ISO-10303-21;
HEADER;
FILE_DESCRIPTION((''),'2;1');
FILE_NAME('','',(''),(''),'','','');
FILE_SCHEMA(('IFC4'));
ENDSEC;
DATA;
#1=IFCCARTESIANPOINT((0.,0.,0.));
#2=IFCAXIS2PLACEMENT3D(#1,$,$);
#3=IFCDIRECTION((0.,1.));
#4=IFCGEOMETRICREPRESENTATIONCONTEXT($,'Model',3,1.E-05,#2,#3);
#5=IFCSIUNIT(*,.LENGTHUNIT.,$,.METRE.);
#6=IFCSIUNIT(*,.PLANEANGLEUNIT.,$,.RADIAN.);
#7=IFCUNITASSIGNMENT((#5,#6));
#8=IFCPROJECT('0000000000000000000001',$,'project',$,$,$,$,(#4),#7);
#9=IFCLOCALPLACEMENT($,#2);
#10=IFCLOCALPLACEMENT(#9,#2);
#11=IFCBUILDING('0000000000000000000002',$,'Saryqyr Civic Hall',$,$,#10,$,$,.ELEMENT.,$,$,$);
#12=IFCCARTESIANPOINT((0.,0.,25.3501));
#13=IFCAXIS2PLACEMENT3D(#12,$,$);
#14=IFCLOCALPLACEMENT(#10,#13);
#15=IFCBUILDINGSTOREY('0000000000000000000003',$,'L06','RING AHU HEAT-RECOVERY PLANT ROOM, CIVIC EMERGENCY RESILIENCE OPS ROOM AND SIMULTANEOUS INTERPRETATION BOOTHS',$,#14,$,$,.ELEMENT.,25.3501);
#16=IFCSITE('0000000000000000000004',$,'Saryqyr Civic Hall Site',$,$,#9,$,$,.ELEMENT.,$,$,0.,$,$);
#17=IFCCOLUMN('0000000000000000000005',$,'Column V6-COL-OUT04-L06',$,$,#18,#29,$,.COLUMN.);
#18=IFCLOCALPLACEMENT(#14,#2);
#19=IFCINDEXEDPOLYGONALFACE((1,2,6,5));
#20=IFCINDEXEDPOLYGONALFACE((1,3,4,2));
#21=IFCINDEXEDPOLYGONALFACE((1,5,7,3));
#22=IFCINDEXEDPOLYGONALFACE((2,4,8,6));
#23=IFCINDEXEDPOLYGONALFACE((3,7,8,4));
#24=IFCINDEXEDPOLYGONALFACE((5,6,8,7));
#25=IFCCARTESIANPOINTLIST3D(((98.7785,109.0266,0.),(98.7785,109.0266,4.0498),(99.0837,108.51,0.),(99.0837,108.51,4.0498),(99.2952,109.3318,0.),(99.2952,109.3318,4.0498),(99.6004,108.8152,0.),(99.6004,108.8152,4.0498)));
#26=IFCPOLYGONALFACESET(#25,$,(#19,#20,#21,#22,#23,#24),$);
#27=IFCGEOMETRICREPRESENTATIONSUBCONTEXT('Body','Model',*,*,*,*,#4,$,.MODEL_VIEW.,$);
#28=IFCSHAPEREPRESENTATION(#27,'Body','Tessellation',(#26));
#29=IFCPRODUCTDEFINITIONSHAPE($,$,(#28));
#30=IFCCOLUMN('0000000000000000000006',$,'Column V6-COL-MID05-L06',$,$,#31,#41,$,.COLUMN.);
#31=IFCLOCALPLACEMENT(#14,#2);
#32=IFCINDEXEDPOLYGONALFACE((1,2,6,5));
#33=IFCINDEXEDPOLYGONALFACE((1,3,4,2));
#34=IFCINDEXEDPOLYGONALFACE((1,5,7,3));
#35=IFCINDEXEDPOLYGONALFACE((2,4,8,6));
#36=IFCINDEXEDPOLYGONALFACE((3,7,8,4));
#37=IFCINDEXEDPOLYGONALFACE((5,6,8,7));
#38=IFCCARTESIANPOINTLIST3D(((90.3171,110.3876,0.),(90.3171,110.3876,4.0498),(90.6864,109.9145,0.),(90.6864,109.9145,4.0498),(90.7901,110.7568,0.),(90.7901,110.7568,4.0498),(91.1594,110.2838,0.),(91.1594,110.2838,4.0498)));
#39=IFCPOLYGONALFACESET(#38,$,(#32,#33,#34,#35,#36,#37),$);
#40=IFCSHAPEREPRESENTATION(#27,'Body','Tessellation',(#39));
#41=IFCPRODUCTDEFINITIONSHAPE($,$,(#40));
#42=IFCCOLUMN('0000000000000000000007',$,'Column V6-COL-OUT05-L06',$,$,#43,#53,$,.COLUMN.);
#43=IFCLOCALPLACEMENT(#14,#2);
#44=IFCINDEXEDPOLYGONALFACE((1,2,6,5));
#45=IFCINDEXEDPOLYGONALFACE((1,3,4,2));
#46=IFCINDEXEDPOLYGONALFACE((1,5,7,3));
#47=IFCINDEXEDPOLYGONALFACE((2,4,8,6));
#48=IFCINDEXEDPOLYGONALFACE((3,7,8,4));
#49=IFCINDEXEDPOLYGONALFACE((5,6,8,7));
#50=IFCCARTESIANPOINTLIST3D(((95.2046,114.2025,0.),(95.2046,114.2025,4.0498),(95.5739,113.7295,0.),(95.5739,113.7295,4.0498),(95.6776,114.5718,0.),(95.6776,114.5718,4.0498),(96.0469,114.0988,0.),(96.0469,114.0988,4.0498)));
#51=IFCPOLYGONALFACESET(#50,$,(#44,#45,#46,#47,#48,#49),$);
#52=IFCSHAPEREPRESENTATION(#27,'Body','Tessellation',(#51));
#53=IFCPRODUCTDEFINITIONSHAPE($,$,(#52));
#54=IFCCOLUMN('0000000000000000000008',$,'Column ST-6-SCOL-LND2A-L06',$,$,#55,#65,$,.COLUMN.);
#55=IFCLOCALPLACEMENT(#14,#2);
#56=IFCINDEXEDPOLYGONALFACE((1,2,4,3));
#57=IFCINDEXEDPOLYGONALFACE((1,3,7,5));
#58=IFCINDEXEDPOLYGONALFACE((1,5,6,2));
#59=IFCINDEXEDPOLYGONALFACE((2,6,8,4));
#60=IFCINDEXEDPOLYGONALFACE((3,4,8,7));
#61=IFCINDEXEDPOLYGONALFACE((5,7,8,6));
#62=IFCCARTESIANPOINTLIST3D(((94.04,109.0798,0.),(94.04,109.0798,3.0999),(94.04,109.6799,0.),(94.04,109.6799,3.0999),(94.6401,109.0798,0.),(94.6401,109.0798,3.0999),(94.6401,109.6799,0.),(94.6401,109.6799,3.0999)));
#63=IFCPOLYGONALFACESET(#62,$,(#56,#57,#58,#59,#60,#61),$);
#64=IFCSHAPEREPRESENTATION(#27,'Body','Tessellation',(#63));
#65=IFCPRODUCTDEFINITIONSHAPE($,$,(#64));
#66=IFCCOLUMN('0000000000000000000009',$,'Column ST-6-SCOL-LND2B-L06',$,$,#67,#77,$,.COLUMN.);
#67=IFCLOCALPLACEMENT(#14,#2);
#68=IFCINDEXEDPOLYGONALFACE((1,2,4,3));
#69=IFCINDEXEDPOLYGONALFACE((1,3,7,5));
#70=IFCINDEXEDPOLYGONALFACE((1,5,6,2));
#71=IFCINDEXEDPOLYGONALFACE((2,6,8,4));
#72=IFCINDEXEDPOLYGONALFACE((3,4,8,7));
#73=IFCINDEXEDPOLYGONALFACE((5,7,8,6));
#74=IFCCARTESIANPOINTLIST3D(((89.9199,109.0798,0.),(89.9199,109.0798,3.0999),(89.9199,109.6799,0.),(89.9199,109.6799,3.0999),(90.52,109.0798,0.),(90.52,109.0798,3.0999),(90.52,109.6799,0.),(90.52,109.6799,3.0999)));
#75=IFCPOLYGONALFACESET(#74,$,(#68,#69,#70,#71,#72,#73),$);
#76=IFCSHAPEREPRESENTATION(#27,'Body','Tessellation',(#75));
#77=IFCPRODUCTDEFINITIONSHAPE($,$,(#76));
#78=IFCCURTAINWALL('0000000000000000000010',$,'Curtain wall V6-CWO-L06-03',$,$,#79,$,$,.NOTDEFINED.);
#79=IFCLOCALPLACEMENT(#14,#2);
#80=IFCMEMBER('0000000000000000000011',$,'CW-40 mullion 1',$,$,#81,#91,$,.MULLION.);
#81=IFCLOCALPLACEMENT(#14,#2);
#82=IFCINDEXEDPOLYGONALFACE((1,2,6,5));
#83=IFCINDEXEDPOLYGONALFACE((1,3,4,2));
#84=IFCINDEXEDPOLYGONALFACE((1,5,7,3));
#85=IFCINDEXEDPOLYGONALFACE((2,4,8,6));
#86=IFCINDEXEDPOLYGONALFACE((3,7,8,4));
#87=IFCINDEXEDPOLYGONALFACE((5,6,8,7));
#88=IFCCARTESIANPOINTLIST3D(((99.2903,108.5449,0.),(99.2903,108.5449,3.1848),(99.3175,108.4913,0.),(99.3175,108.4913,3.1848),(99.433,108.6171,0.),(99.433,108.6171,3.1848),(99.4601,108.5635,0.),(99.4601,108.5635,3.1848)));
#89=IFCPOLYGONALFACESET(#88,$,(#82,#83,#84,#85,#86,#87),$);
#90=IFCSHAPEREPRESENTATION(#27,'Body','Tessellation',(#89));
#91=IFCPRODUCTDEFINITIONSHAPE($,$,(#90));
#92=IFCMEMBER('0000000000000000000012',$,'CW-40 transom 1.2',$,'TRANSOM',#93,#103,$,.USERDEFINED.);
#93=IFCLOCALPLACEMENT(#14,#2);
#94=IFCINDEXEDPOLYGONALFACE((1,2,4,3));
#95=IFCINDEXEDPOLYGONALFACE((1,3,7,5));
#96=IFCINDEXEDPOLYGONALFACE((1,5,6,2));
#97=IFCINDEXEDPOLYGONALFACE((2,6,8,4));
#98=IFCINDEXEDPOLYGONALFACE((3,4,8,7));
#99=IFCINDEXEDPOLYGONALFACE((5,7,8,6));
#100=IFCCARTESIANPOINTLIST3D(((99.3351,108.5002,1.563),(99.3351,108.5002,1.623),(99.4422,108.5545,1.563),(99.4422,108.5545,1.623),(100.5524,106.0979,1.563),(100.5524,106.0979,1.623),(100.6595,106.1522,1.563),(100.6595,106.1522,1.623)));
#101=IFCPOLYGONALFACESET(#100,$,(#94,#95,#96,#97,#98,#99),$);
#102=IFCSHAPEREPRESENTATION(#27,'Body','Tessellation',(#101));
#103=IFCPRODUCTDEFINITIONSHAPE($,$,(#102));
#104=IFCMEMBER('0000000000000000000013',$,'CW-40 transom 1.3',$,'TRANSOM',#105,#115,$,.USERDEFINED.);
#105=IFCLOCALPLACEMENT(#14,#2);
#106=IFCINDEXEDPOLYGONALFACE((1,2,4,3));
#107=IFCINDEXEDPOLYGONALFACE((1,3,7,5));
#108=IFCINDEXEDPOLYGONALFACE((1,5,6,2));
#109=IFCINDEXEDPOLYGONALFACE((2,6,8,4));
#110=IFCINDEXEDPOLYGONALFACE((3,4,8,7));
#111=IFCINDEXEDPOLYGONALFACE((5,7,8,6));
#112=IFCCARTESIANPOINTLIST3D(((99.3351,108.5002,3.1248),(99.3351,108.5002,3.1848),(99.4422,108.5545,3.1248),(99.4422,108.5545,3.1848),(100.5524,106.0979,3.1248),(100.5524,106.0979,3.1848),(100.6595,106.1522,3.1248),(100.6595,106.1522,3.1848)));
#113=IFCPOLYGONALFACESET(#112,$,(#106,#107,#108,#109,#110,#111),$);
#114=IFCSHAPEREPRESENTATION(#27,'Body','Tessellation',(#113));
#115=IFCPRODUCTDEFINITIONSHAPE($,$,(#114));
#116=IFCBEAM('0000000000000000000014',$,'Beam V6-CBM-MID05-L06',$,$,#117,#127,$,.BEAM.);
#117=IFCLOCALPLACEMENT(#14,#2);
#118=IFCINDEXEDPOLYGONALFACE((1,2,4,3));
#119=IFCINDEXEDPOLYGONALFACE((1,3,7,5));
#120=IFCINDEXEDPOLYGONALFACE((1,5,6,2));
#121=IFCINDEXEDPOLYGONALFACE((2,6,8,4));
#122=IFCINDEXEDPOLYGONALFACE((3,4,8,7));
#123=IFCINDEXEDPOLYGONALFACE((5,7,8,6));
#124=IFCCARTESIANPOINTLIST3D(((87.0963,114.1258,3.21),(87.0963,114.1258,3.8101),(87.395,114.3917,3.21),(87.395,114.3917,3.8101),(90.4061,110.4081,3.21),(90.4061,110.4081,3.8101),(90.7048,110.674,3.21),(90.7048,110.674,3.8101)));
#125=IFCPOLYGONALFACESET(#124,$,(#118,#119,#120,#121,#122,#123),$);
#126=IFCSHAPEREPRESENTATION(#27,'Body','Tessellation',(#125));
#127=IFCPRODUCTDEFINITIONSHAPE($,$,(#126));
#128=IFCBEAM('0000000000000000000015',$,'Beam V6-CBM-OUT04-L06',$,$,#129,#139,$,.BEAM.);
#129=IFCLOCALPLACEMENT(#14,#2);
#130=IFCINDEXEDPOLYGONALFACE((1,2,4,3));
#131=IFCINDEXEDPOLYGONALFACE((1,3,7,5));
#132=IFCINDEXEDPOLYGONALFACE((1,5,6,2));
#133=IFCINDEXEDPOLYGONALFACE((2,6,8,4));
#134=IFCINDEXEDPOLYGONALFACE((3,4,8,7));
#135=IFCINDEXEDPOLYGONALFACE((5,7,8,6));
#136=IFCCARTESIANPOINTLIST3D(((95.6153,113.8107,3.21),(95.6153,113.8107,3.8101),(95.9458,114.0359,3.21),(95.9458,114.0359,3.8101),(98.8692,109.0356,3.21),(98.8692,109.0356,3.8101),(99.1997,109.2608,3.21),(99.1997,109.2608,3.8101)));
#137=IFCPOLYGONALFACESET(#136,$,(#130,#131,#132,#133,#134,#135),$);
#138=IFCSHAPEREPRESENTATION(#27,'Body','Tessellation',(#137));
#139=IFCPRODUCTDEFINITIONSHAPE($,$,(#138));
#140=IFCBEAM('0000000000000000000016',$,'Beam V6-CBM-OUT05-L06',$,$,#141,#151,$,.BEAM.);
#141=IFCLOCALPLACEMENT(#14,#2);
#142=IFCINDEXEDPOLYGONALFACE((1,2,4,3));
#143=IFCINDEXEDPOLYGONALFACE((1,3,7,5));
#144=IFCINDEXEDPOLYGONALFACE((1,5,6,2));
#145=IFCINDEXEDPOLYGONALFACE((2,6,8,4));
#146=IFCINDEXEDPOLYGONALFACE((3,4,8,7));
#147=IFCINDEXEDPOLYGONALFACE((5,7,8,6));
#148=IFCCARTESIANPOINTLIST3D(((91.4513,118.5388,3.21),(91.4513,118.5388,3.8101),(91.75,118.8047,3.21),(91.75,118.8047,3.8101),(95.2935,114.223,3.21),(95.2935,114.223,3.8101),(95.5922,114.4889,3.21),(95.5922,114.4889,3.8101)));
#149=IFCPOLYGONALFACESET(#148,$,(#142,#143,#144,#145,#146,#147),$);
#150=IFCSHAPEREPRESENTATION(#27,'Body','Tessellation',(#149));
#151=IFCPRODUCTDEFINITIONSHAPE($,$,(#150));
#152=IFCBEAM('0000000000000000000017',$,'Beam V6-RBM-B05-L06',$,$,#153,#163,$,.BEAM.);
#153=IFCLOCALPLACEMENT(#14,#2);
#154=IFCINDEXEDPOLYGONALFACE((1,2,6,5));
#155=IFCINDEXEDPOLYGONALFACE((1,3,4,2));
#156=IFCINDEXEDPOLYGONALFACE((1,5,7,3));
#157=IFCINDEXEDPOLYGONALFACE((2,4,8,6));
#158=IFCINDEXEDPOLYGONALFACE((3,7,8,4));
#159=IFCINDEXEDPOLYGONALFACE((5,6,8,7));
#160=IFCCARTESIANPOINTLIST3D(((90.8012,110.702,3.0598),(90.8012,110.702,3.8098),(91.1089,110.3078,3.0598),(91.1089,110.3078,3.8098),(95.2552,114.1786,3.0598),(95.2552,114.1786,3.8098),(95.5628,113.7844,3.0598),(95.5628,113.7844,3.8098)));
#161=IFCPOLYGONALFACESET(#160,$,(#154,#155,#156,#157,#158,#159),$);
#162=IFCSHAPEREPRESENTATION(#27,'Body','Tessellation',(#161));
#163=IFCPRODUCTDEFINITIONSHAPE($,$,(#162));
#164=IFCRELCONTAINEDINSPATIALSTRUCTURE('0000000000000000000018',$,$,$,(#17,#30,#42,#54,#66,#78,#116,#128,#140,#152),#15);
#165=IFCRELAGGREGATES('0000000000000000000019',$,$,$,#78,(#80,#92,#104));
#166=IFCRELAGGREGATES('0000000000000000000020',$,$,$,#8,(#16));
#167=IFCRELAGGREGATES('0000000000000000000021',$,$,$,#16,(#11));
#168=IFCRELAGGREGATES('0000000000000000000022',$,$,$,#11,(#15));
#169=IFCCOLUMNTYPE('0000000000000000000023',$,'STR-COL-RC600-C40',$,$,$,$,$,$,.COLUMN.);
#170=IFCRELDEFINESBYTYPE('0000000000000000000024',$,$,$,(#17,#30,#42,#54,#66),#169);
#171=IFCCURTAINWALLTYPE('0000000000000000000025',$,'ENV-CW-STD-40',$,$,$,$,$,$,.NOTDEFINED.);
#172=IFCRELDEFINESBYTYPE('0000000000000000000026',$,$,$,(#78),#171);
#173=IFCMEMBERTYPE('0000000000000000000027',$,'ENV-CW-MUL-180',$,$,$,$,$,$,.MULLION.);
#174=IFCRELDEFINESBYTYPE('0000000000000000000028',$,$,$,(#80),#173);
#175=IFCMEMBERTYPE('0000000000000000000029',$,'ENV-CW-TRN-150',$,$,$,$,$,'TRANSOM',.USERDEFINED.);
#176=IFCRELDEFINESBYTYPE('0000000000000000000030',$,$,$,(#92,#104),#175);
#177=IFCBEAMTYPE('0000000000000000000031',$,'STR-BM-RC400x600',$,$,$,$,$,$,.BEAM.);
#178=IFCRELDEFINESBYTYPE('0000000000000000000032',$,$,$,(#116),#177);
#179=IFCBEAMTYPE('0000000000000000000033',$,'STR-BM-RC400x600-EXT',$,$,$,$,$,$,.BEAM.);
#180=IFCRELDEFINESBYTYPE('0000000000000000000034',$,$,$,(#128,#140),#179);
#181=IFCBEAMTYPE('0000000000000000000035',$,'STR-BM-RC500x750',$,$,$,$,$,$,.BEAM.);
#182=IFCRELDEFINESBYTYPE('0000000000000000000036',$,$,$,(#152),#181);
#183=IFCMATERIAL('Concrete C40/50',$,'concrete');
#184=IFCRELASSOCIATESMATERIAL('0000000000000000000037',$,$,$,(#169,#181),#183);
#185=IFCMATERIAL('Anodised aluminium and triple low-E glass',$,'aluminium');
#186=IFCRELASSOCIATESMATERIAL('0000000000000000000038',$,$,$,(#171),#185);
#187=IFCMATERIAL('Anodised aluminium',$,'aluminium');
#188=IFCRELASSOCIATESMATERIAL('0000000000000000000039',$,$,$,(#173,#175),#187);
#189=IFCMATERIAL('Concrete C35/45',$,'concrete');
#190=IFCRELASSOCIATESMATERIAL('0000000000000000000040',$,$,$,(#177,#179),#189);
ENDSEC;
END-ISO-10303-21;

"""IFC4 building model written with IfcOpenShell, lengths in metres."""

from ifc_helpers import new_model, si_unit, direction, frame, origin, origin_2d, place, context, subcontext, project, spatial, rectangle, extrude, material, material_profile, profile_set, type_object, element, aggregate, save


model = new_model("IFC4")

# Units and contexts
model_context = context("Model", 3, precision=1e-05, world=origin(), true_north=direction((0.0, 1.0)))
body_context = subcontext(model_context, "Body", "Model", "MODEL_VIEW")
ifc_project = project(units=[si_unit("LENGTHUNIT", "METRE"), si_unit("PLANEANGLEUNIT", "RADIAN")], contexts=[model_context])

# Site, building, storey
site_placement = place(None, origin())
site = spatial("IfcSite", under=ifc_project, at=site_placement, Name="Saryqyr Civic Hall Site", CompositionType="ELEMENT", RefElevation=0.0)
building_placement = place(site_placement, origin())
building = spatial("IfcBuilding", under=site, at=building_placement, Name="Saryqyr Civic Hall", CompositionType="ELEMENT")
storey_placement = place(building_placement, frame((0.0, 0.0, 25.3501)))
storey = spatial("IfcBuildingStorey", under=building, at=storey_placement, Name="L06", Description="RING AHU HEAT-RECOVERY PLANT ROOM, CIVIC EMERGENCY RESILIENCE OPS ROOM AND SIMULTANEOUS INTERPRETATION BOOTHS", CompositionType="ELEMENT", Elevation=25.3501)

# Columns
ifc_material_1 = material(Name="Concrete C40/50", Category="concrete")
ifc_material_profile_1 = material_profile(ifc_material_1, rectangle(XDim=0.6001, YDim=0.6001, at=origin_2d()), Name="RC 600x600")
ifc_profile_set_1 = profile_set([ifc_material_profile_1], Name="Concrete C40/50")
column_type = type_object("IfcColumnType", Name="STR-COL-RC600-C40", PredefinedType="COLUMN", material=ifc_profile_set_1)
for number, where, z_axis, x_axis, name in (
    (1, (99.1895, 108.9209, 0.0), (0.0, 0.0, 1.0), (0.861008, 0.508591, 0.0), "Column V6-COL-OUT04-L06"),
    (2, (90.7383, 110.3357, 0.0), (0.0, 0.0, 1.0), (0.788226, 0.615386, 0.0), "Column V6-COL-MID05-L06"),
    (3, (95.6257, 114.1506, 0.0), (0.0, 0.0, 1.0), (0.788226, 0.615386, 0.0), "Column V6-COL-OUT05-L06"),
):
    element("IfcColumn", number, at=place(storey_placement, frame(where, z_axis=z_axis, x_axis=x_axis)), inside=storey, type_object=column_type, Name=name, PredefinedType="COLUMN", context=body_context, shape_type="SweptSolid", body=[
        extrude(rectangle(XDim=0.6001, YDim=0.6001, at=origin_2d()), origin(), (0.0, 0.0, 1.0), 4.0498),
    ])
for number, where, z_axis, x_axis, name in (
    (4, (94.3401, 109.3799, 0.0), (0.0, 0.0, 1.0), (1.0, 0.0, 0.0), "Column ST-6-SCOL-LND2A-L06"),
    (5, (90.22, 109.3799, 0.0), (0.0, 0.0, 1.0), (1.0, 0.0, 0.0), "Column ST-6-SCOL-LND2B-L06"),
):
    element("IfcColumn", number, at=place(storey_placement, frame(where, z_axis=z_axis, x_axis=x_axis)), inside=storey, type_object=column_type, Name=name, PredefinedType="COLUMN", context=body_context, shape_type="SweptSolid", body=[
        extrude(rectangle(XDim=0.6001, YDim=0.6001, at=origin_2d()), origin(), (0.0, 0.0, 1.0), 3.0999),
    ])

# Curtain wall, members
ifc_material_2 = material(Name="Anodised aluminium and triple low-E glass", Category="aluminium")
curtain_wall_type = type_object("IfcCurtainWallType", Name="ENV-CW-STD-40", PredefinedType="NOTDEFINED", material=ifc_material_2)
curtain_wall_placement = place(storey_placement, origin())
curtain_wall = element("IfcCurtainWall", 6, at=curtain_wall_placement, inside=storey, type_object=curtain_wall_type, Name="Curtain wall V6-CWO-L06-03", PredefinedType="NOTDEFINED")
ifc_material_3 = material(Name="Anodised aluminium", Category="aluminium")
ifc_material_profile_2 = material_profile(ifc_material_3, rectangle(XDim=0.0601, YDim=0.1599, at=origin_2d()), Name="ALU MULLION 60x160")
ifc_profile_set_2 = profile_set([ifc_material_profile_2], Name="Anodised aluminium")
member_type_1 = type_object("IfcMemberType", Name="ENV-CW-MUL-180", PredefinedType="MULLION", material=ifc_profile_set_2)
member_1_placement = place(storey_placement, frame((99.3752, 108.5542, 0.0), z_axis=(0.0, 0.0, 1.0), x_axis=(0.451943, -0.892047, 0.0)))
member_1 = element("IfcMember", 7, at=member_1_placement, type_object=member_type_1, Name="CW-40 mullion 1", PredefinedType="MULLION", context=body_context, shape_type="SweptSolid", body=[
    extrude(rectangle(XDim=0.0601, YDim=0.1599, at=origin_2d()), origin(), (0.0, 0.0, 1.0), 3.1848),
])
ifc_material_profile_3 = material_profile(ifc_material_3, rectangle(XDim=0.1201, YDim=0.0601, at=origin_2d()), Name="ALU TRANSOM 120x60")
ifc_profile_set_3 = profile_set([ifc_material_profile_3], Name="Anodised aluminium")
member_type_2 = type_object("IfcMemberType", Name="ENV-CW-TRN-150", ElementType="TRANSOM", PredefinedType="USERDEFINED", material=ifc_profile_set_3)
member_2_placement = place(storey_placement, frame((99.3887, 108.5273, 1.593), z_axis=(0.451994, -0.892021, 0.0), x_axis=(0.892021, 0.451994, 0.0)))
member_2 = element("IfcMember", 8, at=member_2_placement, type_object=member_type_2, Name="CW-40 transom 1.2", ObjectType="TRANSOM", PredefinedType="USERDEFINED", context=body_context, shape_type="SweptSolid", body=[
    extrude(rectangle(XDim=0.1201, YDim=0.0601, at=origin_2d()), origin(), (0.0, 0.0, 1.0), 2.6931),
])
member_3_placement = place(storey_placement, frame((99.3887, 108.5273, 3.1548), z_axis=(0.451994, -0.892021, 0.0), x_axis=(0.892021, 0.451994, 0.0)))
member_3 = element("IfcMember", 9, at=member_3_placement, type_object=member_type_2, Name="CW-40 transom 1.3", ObjectType="TRANSOM", PredefinedType="USERDEFINED", context=body_context, shape_type="SweptSolid", body=[
    extrude(rectangle(XDim=0.1201, YDim=0.0601, at=origin_2d()), origin(), (0.0, 0.0, 1.0), 2.6931),
])
aggregate(curtain_wall, [member_1, member_2, member_3])

# Beams
ifc_material_4 = material(Name="Concrete C35/45", Category="concrete")
ifc_material_profile_4 = material_profile(ifc_material_4, rectangle(XDim=0.3999, YDim=0.6001, at=origin_2d()), Name="RC 400x600")
ifc_profile_set_4 = profile_set([ifc_material_profile_4], Name="Concrete C35/45")
beam_type_1 = type_object("IfcBeamType", Name="STR-BM-RC400x600", PredefinedType="BEAM", material=ifc_profile_set_4)
beam_1_placement = place(storey_placement, frame((90.5554, 110.541, 3.51), z_axis=(-0.664939, 0.746898, 0.0), x_axis=(-0.746898, -0.664939, 0.0)))
element("IfcBeam", 10, at=beam_1_placement, inside=storey, type_object=beam_type_1, Name="Beam V6-CBM-MID05-L06", PredefinedType="BEAM", context=body_context, shape_type="SweptSolid", body=[
    extrude(rectangle(XDim=0.3999, YDim=0.6001, at=origin_2d()), origin(), (0.0, 0.0, 1.0), 4.9775),
])
ifc_material_profile_5 = material_profile(ifc_material_4, rectangle(XDim=0.3999, YDim=0.6001, at=origin_2d()), Name="RC 400x600")
ifc_profile_set_5 = profile_set([ifc_material_profile_5], Name="Concrete C35/45")
beam_type_2 = type_object("IfcBeamType", Name="STR-BM-RC400x600-EXT", PredefinedType="BEAM", material=ifc_profile_set_5)
for number, where, z_axis, x_axis, name in (
    (11, (99.0344, 109.1482, 3.51), (-0.563115, 0.826378, 0.0), (-0.826378, -0.563115, 0.0), "Beam V6-CBM-OUT04-L06"),
    (12, (95.4429, 114.356, 3.51), (-0.664935, 0.746901, 0.0), (-0.746901, -0.664935, 0.0), "Beam V6-CBM-OUT05-L06"),
):
    element("IfcBeam", number, at=place(storey_placement, frame(where, z_axis=z_axis, x_axis=x_axis)), inside=storey, type_object=beam_type_2, Name=name, PredefinedType="BEAM", context=body_context, shape_type="SweptSolid", body=[
        extrude(rectangle(XDim=0.3999, YDim=0.6001, at=origin_2d()), origin(), (0.0, 0.0, 1.0), 5.7783),
    ])
ifc_material_profile_6 = material_profile(ifc_material_1, rectangle(XDim=0.5, YDim=0.75, at=origin_2d()), Name="RC 500x750")
ifc_profile_set_6 = profile_set([ifc_material_profile_6], Name="Concrete C40/50")
beam_type_3 = type_object("IfcBeamType", Name="STR-BM-RC500x750", PredefinedType="BEAM", material=ifc_profile_set_6)
beam_2_placement = place(storey_placement, frame((90.9551, 110.5049, 3.4348), z_axis=(0.788283, 0.615313, 0.0), x_axis=(-0.615313, 0.788283, 0.0)))
element("IfcBeam", 13, at=beam_2_placement, inside=storey, type_object=beam_type_3, Name="Beam V6-RBM-B05-L06", PredefinedType="BEAM", context=body_context, shape_type="SweptSolid", body=[
    extrude(rectangle(XDim=0.5, YDim=0.75, at=origin_2d()), origin(), (0.0, 0.0, 1.0), 5.6501),
])

save(model, "model.ifc")
